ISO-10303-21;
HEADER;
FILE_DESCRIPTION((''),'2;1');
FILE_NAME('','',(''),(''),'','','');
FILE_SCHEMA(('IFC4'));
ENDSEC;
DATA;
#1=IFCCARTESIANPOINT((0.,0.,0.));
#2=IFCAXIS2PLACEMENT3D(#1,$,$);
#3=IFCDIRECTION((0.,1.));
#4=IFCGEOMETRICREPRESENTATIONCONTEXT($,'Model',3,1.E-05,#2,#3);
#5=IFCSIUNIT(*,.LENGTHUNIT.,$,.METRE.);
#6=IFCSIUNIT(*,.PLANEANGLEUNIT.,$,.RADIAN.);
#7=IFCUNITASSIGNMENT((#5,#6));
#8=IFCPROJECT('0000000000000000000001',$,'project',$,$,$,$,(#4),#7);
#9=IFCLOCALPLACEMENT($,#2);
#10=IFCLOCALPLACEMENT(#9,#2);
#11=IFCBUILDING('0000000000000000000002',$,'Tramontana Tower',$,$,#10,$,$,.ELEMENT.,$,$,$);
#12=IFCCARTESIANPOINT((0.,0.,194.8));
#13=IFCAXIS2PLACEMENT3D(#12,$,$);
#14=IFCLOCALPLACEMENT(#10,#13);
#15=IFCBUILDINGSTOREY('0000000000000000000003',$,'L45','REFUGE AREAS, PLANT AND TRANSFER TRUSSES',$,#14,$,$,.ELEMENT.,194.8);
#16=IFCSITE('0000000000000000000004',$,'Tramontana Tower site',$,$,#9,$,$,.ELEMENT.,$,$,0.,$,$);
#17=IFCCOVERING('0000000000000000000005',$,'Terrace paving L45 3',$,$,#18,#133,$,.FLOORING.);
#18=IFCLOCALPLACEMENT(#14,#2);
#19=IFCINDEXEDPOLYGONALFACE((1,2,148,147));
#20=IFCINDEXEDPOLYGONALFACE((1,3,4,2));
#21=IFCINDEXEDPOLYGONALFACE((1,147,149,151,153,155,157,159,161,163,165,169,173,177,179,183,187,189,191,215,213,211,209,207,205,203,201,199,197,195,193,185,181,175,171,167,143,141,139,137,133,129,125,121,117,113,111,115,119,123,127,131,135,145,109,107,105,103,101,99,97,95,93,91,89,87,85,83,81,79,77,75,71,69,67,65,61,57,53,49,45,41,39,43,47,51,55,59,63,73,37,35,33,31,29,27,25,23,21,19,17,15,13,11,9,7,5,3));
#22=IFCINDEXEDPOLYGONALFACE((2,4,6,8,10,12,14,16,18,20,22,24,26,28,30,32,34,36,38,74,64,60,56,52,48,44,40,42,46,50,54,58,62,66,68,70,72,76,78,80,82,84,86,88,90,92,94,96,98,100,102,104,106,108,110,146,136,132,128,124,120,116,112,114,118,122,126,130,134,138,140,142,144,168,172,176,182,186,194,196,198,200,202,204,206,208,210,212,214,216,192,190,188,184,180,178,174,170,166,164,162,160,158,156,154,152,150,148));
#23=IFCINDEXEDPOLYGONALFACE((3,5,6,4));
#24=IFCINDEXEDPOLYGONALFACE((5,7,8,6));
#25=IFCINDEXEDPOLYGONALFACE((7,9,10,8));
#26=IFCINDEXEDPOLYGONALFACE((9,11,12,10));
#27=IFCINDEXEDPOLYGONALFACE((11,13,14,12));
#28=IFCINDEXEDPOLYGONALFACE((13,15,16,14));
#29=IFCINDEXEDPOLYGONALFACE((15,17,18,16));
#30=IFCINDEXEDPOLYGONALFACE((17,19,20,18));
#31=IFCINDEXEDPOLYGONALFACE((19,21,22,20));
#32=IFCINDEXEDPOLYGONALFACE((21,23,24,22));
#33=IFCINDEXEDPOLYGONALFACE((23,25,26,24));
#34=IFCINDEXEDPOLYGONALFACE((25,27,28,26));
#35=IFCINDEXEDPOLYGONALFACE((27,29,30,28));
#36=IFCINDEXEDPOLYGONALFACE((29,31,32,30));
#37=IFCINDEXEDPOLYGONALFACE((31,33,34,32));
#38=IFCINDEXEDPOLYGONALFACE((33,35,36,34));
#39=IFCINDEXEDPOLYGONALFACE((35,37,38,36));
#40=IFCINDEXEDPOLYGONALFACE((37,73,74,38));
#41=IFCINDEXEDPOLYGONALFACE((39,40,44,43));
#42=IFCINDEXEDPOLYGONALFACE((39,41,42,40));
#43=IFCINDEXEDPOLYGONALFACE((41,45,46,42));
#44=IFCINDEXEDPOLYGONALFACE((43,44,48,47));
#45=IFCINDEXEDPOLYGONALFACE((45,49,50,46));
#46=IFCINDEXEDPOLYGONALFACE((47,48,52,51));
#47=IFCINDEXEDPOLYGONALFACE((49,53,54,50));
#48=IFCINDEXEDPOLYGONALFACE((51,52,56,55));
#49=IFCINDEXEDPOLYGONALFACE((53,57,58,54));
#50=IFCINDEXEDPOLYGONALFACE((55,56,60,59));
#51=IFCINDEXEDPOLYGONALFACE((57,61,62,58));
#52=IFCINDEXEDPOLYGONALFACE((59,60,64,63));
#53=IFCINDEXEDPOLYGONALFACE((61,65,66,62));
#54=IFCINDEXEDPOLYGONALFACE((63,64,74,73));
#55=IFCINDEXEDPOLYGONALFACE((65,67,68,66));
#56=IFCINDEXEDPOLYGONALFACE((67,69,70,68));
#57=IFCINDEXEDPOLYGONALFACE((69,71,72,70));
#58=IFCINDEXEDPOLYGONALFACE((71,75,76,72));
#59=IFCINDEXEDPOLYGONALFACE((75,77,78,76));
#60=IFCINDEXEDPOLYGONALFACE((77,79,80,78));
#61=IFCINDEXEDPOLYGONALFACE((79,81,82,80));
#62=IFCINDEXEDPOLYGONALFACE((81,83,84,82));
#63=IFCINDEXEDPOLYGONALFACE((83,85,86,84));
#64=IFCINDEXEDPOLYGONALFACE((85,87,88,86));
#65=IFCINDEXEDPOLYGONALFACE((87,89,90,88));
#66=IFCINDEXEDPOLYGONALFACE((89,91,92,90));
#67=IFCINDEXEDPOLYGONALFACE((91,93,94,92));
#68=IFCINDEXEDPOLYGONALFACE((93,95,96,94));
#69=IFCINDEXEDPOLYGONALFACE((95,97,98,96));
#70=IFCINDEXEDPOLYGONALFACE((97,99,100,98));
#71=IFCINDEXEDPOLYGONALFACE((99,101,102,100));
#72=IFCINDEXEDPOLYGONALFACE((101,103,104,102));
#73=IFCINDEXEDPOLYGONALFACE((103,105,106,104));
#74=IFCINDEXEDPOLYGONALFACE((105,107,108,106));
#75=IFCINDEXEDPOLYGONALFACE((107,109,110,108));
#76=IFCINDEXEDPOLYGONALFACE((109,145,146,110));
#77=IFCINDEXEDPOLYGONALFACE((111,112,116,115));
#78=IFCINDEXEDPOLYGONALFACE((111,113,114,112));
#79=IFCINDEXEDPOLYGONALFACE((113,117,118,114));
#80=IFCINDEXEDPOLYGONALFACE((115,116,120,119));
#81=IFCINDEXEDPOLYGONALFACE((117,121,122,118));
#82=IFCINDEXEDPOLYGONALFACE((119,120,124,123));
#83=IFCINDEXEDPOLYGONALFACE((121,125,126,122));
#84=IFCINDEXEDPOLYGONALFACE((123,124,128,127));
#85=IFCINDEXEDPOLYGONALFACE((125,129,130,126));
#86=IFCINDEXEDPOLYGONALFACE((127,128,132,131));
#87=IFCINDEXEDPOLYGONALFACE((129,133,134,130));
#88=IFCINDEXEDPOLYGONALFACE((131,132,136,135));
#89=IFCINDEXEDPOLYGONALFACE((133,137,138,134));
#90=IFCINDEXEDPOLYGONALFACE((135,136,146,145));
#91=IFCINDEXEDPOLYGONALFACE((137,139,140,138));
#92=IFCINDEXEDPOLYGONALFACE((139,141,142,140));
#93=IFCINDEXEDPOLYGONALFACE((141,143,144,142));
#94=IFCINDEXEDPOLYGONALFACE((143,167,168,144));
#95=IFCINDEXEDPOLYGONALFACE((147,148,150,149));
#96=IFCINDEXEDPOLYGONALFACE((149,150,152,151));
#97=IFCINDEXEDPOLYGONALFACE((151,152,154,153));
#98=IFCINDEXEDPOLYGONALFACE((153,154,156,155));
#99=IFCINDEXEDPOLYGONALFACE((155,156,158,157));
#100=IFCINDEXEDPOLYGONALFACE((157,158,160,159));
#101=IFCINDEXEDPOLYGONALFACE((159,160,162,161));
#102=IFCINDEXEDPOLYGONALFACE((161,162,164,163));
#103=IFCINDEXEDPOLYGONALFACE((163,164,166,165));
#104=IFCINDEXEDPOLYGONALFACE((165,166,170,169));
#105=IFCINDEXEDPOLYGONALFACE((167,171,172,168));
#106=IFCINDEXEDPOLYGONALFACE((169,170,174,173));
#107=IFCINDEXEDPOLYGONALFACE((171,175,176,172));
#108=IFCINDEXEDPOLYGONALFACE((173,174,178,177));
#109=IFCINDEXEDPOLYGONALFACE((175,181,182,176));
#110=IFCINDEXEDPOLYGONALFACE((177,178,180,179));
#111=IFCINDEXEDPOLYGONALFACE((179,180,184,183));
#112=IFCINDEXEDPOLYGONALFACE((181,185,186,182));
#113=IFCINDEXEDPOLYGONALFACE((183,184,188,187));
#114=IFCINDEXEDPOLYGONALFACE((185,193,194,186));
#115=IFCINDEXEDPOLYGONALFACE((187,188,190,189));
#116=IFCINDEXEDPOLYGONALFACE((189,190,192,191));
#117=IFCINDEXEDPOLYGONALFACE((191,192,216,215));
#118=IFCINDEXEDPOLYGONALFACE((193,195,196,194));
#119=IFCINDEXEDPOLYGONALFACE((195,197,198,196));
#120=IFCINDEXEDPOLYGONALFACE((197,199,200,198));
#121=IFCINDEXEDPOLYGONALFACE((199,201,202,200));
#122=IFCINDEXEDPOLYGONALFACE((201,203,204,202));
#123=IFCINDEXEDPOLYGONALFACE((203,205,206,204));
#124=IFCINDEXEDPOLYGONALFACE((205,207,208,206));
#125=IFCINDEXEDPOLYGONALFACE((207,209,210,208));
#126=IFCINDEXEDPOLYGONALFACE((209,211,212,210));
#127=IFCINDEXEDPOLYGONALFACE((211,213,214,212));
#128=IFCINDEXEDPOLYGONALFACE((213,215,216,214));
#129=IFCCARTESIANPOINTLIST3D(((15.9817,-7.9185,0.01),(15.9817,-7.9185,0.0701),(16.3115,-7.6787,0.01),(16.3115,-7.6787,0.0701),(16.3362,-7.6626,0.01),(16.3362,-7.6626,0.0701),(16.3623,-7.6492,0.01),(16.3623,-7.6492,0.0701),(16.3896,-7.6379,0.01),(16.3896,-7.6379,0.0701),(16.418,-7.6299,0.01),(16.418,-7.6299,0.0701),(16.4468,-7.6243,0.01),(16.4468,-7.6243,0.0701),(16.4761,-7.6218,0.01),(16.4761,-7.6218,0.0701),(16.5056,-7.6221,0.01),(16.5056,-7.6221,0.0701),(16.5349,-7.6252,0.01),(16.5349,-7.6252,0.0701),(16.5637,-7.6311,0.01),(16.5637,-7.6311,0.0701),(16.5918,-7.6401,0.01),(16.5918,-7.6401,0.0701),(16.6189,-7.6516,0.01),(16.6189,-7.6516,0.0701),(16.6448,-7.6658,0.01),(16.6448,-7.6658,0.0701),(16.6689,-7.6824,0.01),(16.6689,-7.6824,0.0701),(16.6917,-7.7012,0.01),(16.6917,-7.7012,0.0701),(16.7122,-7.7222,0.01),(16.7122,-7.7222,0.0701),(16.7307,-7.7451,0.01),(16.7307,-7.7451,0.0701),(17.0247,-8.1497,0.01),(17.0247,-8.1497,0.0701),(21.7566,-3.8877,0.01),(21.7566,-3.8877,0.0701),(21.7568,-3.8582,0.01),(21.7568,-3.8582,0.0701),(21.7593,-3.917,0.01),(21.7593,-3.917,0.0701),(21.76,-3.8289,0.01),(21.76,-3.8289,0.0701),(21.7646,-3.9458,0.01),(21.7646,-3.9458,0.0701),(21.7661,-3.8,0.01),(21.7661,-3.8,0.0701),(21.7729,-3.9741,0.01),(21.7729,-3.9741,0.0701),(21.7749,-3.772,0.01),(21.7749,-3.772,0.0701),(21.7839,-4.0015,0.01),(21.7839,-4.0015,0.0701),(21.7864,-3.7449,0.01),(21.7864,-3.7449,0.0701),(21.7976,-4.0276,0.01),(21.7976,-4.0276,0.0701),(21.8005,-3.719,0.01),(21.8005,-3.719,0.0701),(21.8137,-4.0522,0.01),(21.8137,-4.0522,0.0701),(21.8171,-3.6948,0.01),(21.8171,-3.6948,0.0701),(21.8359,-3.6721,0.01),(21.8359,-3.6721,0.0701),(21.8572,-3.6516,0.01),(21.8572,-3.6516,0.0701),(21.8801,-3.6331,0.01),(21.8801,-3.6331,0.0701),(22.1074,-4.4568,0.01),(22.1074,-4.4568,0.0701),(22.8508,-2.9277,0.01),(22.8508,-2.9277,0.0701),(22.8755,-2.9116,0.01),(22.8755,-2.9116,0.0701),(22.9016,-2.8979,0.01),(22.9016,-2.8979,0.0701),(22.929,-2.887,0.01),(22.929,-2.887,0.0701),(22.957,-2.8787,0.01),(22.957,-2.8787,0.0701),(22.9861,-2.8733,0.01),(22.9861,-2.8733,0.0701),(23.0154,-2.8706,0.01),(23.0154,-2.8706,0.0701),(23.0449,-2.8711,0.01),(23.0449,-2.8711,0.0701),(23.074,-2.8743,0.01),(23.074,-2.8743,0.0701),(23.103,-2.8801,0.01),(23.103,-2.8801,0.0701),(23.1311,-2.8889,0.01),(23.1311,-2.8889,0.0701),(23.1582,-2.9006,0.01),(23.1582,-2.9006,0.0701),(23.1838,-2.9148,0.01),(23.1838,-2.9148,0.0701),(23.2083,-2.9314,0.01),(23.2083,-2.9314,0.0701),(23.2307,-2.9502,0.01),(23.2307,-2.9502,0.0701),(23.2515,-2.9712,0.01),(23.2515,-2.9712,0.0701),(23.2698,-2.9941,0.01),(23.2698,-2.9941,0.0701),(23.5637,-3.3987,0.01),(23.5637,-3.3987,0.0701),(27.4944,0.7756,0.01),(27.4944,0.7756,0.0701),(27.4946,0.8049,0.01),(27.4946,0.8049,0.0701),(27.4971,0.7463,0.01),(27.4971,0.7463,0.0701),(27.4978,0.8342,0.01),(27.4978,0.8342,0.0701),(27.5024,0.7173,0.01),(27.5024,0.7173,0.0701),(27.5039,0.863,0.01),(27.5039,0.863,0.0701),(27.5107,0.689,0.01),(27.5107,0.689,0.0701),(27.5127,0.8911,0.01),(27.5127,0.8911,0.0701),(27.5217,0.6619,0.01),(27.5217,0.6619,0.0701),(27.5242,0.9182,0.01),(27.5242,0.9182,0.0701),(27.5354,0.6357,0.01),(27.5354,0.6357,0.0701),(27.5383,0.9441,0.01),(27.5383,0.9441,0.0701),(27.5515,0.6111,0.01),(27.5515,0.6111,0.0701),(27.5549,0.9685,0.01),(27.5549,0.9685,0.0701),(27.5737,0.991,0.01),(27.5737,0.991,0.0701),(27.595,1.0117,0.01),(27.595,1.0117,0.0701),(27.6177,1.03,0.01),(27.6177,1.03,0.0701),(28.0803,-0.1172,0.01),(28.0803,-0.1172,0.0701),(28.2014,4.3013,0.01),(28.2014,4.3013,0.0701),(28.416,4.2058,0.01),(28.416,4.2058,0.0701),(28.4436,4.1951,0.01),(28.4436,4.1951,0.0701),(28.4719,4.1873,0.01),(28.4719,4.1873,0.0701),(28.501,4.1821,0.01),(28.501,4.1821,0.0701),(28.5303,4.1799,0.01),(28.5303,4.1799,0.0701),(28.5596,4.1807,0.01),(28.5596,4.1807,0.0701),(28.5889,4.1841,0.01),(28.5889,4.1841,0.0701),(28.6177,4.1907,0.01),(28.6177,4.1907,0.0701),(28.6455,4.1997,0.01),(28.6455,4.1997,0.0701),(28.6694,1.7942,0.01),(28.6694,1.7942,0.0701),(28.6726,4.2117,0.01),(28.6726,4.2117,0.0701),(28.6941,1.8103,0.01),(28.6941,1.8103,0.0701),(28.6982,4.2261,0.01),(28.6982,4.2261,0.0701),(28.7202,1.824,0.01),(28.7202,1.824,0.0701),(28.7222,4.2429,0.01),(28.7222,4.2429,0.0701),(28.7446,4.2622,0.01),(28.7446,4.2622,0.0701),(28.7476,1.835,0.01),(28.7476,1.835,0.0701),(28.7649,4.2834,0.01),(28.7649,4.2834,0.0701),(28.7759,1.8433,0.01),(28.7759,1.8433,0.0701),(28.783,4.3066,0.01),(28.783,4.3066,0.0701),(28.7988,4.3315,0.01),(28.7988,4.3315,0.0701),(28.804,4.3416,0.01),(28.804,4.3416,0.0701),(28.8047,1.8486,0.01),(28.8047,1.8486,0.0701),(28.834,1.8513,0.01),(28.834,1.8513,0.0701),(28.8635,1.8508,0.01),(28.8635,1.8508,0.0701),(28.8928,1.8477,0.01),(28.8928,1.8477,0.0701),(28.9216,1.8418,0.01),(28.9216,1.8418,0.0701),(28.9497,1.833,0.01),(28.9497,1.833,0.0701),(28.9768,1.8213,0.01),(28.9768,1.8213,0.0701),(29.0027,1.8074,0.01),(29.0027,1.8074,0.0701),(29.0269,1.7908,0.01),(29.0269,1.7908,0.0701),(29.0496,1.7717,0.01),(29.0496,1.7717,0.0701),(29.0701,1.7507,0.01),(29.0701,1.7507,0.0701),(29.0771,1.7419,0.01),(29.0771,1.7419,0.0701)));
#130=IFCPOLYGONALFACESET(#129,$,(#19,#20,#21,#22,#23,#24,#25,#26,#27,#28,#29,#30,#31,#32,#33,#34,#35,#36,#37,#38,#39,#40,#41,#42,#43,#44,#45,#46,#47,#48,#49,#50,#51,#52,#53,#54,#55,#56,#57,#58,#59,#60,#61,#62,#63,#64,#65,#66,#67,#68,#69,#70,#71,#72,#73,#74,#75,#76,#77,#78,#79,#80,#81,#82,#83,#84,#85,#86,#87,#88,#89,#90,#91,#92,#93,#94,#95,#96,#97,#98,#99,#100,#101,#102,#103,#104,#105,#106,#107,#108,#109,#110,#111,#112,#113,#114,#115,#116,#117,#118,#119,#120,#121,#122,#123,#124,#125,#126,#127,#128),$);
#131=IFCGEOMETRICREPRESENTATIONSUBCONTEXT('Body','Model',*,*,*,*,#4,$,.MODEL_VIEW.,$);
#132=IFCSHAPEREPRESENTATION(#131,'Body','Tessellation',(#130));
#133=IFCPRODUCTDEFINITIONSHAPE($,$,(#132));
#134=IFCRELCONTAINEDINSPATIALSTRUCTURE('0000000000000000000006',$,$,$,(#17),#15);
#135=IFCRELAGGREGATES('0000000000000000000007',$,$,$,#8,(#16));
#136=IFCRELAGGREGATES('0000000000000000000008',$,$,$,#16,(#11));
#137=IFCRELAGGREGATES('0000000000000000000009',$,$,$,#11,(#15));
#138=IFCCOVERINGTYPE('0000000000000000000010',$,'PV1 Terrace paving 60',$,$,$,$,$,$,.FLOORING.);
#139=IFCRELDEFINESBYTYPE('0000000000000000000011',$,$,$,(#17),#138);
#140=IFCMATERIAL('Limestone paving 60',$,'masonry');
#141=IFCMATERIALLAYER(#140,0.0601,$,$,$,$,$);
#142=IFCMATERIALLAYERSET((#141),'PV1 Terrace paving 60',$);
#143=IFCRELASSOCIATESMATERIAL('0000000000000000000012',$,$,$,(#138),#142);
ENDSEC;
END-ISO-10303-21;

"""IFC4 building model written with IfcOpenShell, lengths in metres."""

from ifc_helpers import new_model, si_unit, direction, frame, origin, place, context, subcontext, project, spatial, polyline, outline, extrude, material, layer, layer_set, type_object, element, save


model = new_model("IFC4")

# Units and contexts
model_context = context("Model", 3, precision=1e-05, world=origin(), true_north=direction((0.0, 1.0)))
body_context = subcontext(model_context, "Body", "Model", "MODEL_VIEW")
ifc_project = project(units=[si_unit("LENGTHUNIT", "METRE"), si_unit("PLANEANGLEUNIT", "RADIAN")], contexts=[model_context])

# Site, building, storey
site_placement = place(None, origin())
site = spatial("IfcSite", under=ifc_project, at=site_placement, Name="Tramontana Tower site", CompositionType="ELEMENT", RefElevation=0.0)
building_placement = place(site_placement, origin())
building = spatial("IfcBuilding", under=site, at=building_placement, Name="Tramontana Tower", CompositionType="ELEMENT")
storey_placement = place(building_placement, frame((0.0, 0.0, 194.8)))
storey = spatial("IfcBuildingStorey", under=building, at=storey_placement, Name="L45", Description="REFUGE AREAS, PLANT AND TRANSFER TRUSSES", CompositionType="ELEMENT", Elevation=194.8)

# Covering
ifc_material_1 = material(Name="Limestone paving 60", Category="masonry")
ifc_layer_1 = layer(ifc_material_1, 0.0601)
ifc_layer_set_1 = layer_set([ifc_layer_1], Name="PV1 Terrace paving 60")
covering_type_1 = type_object("IfcCoveringType", Name="PV1 Terrace paving 60", PredefinedType="FLOORING", material=ifc_layer_set_1)
covering_1_placement = place(storey_placement, frame((0.0, 0.0, 0.01)))
element("IfcCovering", 1, at=covering_1_placement, inside=storey, type_object=covering_type_1, Name="Terrace paving L45 3", PredefinedType="FLOORING", context=body_context, shape_type="SweptSolid", body=[
    extrude(outline(polyline([(29.0771, 1.7419), (29.0701, 1.7507), (29.0496, 1.7717), (29.0269, 1.7908), (29.0027, 1.8074), (28.9768, 1.8213), (28.9497, 1.833), (28.9216, 1.8418), (28.8928, 1.8477), (28.8635, 1.8508), (28.834, 1.8513), (28.8047, 1.8486), (28.7759, 1.8433), (28.7476, 1.835), (28.7202, 1.824), (28.6941, 1.8103), (28.6694, 1.7942), (27.6177, 1.03), (27.595, 1.0117), (27.5737, 0.991), (27.5549, 0.9685), (27.5383, 0.9441), (27.5242, 0.9182), (27.5127, 0.8911), (27.5039, 0.863), (27.4978, 0.8342), (27.4946, 0.8049), (27.4944, 0.7756), (27.4971, 0.7463), (27.5024, 0.7173), (27.5107, 0.689), (27.5217, 0.6619), (27.5354, 0.6357), (27.5515, 0.6111), (28.0803, -0.1172), (23.5637, -3.3987), (23.2698, -2.9941), (23.2515, -2.9712), (23.2307, -2.9502), (23.2083, -2.9314), (23.1838, -2.9148), (23.1582, -2.9006), (23.1311, -2.8889), (23.103, -2.8801), (23.074, -2.8743), (23.0449, -2.8711), (23.0154, -2.8706), (22.9861, -2.8733), (22.957, -2.8787), (22.929, -2.887), (22.9016, -2.8979), (22.8755, -2.9116), (22.8508, -2.9277), (21.8801, -3.6331), (21.8572, -3.6516), (21.8359, -3.6721), (21.8171, -3.6948), (21.8005, -3.719), (21.7864, -3.7449), (21.7749, -3.772), (21.7661, -3.8), (21.76, -3.8289), (21.7568, -3.8582), (21.7566, -3.8877), (21.7593, -3.917), (21.7646, -3.9458), (21.7729, -3.9741), (21.7839, -4.0015), (21.7976, -4.0276), (21.8137, -4.0522), (22.1074, -4.4568), (17.0247, -8.1497), (16.7307, -7.7451), (16.7122, -7.7222), (16.6917, -7.7012), (16.6689, -7.6824), (16.6448, -7.6658), (16.6189, -7.6516), (16.5918, -7.6401), (16.5637, -7.6311), (16.5349, -7.6252), (16.5056, -7.6221), (16.4761, -7.6218), (16.4468, -7.6243), (16.418, -7.6299), (16.3896, -7.6379), (16.3623, -7.6492), (16.3362, -7.6626), (16.3115, -7.6787), (15.9817, -7.9185), (28.2014, 4.3013), (28.416, 4.2058), (28.4436, 4.1951), (28.4719, 4.1873), (28.501, 4.1821), (28.5303, 4.1799), (28.5596, 4.1807), (28.5889, 4.1841), (28.6177, 4.1907), (28.6455, 4.1997), (28.6726, 4.2117), (28.6982, 4.2261), (28.7222, 4.2429), (28.7446, 4.2622), (28.7649, 4.2834), (28.783, 4.3066), (28.7988, 4.3315), (28.804, 4.3416), (29.0771, 1.7419)])), origin(), (0.0, 0.0, 1.0), 0.0601),
])

save(model, "model.ifc")
